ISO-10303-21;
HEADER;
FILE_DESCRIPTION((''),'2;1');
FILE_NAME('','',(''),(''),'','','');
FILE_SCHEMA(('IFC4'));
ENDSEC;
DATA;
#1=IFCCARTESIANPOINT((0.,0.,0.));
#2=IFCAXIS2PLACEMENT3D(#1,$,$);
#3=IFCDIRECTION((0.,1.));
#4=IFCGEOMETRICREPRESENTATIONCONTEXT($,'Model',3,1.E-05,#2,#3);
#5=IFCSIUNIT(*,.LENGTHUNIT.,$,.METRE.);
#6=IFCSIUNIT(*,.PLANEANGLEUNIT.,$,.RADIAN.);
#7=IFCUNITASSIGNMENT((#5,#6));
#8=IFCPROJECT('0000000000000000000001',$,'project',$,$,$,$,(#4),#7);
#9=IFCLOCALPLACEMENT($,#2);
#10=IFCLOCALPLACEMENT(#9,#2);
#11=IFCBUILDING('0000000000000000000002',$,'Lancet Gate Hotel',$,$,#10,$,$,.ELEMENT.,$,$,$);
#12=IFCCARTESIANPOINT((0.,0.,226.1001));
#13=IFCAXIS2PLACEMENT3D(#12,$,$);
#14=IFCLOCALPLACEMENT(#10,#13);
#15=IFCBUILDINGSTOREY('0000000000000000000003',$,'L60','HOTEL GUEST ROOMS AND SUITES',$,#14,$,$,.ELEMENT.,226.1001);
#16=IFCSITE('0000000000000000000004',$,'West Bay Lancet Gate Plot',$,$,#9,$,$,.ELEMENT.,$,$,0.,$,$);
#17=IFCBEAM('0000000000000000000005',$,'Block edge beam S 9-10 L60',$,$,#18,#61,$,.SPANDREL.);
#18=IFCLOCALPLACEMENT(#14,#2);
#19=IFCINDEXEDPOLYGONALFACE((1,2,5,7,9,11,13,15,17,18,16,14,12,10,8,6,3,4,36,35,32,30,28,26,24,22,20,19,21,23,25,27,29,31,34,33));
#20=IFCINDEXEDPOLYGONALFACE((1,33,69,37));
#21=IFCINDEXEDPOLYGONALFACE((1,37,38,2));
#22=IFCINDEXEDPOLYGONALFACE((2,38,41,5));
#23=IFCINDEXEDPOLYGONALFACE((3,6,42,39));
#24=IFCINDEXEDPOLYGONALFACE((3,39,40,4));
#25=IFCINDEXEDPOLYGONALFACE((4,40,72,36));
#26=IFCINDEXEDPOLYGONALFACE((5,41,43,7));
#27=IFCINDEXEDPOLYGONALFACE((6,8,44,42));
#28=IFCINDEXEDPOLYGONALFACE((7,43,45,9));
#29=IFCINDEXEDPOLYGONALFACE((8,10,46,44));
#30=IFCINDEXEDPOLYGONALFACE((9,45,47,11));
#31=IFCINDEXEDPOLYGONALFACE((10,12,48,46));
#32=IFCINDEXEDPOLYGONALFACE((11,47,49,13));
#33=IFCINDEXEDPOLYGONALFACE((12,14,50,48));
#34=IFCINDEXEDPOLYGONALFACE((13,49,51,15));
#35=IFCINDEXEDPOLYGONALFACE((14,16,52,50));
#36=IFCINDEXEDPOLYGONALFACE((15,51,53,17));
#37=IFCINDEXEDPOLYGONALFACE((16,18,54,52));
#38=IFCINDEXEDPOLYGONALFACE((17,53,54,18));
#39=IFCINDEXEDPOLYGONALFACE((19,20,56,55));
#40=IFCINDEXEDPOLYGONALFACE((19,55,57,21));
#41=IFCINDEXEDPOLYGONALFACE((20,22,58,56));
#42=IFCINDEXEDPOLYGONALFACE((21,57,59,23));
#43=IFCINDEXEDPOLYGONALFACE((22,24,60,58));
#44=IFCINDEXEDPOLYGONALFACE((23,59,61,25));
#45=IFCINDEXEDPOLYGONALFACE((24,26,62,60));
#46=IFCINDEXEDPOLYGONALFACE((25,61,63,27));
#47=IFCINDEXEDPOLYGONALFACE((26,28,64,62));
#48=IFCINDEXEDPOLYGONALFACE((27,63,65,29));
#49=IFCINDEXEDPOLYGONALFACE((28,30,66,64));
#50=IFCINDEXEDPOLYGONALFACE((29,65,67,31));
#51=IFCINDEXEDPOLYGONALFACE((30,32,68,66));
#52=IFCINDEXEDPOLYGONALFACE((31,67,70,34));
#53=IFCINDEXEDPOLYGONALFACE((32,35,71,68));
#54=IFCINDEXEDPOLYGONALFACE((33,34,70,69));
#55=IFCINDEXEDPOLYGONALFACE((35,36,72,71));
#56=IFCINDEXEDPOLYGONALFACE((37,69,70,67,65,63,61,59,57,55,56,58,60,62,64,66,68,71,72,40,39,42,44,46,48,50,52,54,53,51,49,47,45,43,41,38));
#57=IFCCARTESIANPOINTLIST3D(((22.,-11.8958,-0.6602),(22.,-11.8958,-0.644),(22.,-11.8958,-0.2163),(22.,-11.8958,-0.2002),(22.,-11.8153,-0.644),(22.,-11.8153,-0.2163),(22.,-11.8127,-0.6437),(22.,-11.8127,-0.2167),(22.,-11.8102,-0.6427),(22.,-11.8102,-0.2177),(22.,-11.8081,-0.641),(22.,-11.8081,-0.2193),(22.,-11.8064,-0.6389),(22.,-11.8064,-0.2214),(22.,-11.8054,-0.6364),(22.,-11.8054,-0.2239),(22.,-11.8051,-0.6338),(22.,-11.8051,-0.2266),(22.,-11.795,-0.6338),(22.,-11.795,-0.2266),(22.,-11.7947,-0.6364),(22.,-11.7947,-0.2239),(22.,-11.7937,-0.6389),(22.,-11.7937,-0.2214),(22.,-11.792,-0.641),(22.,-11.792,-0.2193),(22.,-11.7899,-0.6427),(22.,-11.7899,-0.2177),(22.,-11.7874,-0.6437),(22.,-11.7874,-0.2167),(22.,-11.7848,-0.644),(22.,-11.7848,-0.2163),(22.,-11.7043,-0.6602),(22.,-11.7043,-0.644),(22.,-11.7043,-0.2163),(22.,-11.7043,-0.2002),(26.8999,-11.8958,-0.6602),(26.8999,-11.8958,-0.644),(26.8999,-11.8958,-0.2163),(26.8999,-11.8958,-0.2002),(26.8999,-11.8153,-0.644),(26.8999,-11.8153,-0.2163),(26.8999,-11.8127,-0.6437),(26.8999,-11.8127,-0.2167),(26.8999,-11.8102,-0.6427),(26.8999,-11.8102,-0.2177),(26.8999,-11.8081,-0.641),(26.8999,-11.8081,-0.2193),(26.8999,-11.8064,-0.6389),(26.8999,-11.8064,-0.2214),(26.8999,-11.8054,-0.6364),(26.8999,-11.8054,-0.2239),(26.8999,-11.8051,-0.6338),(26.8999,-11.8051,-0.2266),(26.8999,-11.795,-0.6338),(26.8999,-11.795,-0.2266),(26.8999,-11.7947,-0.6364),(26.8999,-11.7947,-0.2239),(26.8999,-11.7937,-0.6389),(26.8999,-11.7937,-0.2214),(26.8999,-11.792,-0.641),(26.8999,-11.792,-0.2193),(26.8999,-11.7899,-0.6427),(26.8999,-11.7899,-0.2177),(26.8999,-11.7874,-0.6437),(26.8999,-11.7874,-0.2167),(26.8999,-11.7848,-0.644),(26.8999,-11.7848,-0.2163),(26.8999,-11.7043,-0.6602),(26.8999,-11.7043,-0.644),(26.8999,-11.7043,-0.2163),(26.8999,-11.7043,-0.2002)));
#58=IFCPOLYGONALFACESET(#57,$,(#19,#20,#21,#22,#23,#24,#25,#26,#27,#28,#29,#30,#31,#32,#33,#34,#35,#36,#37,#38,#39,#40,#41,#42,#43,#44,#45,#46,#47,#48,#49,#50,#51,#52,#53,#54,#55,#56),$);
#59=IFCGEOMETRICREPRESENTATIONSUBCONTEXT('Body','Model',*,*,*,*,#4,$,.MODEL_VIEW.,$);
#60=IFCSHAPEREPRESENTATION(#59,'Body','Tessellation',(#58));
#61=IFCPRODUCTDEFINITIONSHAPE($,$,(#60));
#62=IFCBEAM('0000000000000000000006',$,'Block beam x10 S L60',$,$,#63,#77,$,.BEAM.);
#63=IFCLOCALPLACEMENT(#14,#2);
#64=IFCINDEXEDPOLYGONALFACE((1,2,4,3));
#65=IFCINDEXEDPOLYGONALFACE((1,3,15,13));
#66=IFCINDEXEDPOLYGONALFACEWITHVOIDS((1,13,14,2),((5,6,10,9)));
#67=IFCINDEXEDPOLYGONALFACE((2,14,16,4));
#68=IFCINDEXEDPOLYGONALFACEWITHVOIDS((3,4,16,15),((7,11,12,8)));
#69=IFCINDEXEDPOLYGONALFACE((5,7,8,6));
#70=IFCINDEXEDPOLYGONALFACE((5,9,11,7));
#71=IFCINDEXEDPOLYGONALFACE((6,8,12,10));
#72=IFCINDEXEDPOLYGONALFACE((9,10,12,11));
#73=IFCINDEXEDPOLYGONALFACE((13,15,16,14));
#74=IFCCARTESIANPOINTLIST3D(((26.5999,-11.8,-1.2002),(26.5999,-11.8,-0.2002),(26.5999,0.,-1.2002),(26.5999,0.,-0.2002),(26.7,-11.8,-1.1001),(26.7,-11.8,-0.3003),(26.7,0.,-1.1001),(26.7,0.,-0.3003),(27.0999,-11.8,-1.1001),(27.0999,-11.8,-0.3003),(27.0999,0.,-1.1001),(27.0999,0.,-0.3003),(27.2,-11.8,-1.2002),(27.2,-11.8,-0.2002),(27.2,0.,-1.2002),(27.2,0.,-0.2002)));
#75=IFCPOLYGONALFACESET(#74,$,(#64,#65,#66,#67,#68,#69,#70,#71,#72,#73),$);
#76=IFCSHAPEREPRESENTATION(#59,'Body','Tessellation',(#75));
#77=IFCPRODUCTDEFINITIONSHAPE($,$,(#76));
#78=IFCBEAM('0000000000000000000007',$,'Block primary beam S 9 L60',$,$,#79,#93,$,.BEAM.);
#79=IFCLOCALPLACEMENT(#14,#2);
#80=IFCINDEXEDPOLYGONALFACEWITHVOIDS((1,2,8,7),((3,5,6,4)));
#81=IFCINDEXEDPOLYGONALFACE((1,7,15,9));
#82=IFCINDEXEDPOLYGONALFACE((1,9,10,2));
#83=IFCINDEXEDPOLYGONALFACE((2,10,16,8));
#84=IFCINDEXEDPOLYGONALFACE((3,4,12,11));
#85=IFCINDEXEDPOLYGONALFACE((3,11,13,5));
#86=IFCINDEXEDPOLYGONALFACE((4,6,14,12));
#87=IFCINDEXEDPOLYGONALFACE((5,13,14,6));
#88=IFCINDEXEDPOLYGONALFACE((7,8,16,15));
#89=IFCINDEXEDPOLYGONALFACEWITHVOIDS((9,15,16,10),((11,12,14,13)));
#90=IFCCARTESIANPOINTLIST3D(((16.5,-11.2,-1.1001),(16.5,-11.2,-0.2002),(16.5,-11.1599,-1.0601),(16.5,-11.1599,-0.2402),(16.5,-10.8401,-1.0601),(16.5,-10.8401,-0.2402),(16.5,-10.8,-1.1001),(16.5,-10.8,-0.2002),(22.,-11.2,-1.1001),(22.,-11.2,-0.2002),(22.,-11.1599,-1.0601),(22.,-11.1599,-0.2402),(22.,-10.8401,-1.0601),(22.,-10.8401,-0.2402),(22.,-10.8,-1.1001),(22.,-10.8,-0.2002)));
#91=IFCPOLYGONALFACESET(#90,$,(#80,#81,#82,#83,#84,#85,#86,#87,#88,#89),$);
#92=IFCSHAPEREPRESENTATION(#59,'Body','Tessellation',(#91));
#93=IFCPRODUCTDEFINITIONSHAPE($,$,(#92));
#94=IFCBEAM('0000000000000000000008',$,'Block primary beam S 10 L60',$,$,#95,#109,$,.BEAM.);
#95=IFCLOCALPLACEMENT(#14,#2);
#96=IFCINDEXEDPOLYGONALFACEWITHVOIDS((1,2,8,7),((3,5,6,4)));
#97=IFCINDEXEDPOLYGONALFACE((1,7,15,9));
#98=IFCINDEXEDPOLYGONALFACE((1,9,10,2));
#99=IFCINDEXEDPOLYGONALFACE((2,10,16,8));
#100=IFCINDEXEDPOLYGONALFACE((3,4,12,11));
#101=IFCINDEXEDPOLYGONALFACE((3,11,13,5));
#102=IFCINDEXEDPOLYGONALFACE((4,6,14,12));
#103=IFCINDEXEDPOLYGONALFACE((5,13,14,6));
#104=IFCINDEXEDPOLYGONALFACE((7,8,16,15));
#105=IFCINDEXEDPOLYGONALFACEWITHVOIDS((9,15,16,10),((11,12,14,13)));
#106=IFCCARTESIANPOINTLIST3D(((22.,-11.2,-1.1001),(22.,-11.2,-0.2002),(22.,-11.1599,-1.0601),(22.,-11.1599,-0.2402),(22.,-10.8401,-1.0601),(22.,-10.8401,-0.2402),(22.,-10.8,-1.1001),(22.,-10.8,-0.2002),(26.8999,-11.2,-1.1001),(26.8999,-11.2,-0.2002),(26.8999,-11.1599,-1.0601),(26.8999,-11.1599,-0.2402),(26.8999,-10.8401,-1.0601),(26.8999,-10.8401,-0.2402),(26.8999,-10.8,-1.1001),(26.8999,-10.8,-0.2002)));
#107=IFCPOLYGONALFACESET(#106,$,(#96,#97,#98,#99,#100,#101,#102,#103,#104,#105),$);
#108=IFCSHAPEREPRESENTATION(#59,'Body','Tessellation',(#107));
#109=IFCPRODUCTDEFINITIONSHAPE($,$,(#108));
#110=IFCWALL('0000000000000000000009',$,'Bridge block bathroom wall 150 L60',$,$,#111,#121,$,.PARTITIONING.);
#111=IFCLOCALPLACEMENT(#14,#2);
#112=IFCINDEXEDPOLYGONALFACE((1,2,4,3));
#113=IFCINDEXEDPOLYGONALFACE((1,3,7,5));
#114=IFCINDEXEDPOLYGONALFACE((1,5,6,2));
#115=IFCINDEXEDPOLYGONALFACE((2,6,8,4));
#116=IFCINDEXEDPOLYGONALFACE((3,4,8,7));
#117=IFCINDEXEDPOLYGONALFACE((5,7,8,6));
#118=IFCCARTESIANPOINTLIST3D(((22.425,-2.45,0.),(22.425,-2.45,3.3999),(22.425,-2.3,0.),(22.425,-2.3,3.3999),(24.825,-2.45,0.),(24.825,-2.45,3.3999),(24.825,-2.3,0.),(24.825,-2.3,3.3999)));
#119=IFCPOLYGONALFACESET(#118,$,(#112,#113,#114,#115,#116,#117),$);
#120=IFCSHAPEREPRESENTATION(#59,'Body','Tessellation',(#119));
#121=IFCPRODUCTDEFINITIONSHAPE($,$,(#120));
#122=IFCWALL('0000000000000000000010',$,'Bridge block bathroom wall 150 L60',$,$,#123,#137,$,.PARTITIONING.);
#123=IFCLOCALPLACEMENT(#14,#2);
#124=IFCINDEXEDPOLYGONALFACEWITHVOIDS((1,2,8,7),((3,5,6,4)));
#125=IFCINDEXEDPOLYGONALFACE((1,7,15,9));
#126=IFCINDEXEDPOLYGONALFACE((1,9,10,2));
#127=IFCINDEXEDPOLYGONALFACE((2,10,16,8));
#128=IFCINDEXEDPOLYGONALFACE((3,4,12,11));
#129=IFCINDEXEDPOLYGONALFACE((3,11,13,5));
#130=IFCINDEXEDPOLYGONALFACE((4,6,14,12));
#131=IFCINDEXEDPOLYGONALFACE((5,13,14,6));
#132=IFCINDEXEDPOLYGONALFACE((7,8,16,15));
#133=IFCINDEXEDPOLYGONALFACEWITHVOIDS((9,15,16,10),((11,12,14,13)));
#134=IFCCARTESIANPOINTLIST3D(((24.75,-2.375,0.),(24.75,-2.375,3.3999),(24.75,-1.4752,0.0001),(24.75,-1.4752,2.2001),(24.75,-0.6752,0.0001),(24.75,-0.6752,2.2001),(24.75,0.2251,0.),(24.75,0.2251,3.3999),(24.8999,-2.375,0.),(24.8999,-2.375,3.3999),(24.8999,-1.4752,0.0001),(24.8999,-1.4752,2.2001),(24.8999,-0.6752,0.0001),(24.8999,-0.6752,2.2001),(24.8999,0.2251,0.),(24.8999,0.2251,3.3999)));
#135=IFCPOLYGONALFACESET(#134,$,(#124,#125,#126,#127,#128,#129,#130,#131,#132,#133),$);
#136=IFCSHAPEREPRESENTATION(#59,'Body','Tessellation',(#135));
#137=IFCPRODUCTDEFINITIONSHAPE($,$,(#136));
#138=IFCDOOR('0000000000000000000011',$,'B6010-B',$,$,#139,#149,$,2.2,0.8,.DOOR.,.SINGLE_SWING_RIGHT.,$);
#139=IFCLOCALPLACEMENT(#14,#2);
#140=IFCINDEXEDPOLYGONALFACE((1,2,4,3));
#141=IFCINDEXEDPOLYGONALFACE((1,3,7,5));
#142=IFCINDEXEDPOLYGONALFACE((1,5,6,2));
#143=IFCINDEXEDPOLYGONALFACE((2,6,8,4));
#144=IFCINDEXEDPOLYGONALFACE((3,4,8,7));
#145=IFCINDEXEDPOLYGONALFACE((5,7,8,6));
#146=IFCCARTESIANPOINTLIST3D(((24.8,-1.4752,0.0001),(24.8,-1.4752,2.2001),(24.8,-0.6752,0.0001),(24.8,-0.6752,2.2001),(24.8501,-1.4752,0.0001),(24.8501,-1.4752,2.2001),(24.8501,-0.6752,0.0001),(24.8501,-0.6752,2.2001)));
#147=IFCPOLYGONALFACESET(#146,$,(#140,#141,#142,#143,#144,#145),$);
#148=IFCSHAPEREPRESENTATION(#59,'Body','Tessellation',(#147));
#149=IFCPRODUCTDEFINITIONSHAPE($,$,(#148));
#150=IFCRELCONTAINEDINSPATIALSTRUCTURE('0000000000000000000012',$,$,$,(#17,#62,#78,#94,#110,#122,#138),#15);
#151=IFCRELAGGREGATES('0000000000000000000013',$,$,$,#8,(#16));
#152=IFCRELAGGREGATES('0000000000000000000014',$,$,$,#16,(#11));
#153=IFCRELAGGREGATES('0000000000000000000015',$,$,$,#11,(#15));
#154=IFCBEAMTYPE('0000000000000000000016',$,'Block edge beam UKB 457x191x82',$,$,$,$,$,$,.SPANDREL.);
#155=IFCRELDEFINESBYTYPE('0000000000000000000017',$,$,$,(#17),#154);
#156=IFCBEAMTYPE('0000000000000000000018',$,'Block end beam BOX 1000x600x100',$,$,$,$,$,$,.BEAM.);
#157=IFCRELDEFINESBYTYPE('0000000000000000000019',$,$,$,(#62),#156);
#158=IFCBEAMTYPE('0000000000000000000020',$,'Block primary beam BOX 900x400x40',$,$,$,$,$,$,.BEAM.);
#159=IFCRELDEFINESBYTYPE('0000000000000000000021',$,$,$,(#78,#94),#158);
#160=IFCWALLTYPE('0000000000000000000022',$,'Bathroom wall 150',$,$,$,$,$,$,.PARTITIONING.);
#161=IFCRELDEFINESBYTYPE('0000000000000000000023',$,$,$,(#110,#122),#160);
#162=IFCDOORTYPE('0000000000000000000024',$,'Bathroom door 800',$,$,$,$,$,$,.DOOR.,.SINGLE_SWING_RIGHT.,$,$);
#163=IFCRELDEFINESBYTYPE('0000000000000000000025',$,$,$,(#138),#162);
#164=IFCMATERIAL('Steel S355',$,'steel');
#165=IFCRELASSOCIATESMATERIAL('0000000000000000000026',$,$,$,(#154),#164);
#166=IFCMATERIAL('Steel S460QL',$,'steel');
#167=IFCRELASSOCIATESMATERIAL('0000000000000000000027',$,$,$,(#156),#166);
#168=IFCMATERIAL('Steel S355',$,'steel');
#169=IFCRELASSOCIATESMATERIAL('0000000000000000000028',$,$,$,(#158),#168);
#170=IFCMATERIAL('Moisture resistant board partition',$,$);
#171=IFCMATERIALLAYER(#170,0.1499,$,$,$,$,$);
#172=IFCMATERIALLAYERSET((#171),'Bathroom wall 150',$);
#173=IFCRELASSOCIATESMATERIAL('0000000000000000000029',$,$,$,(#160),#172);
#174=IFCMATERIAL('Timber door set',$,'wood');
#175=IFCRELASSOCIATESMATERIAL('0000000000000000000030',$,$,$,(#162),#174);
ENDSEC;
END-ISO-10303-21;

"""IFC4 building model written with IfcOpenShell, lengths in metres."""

from ifc_helpers import new_model, si_unit, direction, frame, frame_2d, origin, origin_2d, place, context, subcontext, project, spatial, rectangle, hollow_rectangle, i_section, extrude, material, layer, layer_set, material_profile, profile_set, type_object, element, fill, save


model = new_model("IFC4")

# Units and contexts
model_context = context("Model", 3, precision=1e-05, world=origin(), true_north=direction((0.0, 1.0)))
body_context = subcontext(model_context, "Body", "Model", "MODEL_VIEW")
ifc_project = project(units=[si_unit("LENGTHUNIT", "METRE"), si_unit("PLANEANGLEUNIT", "RADIAN")], contexts=[model_context])

# Site, building, storey
site_placement = place(None, origin())
site = spatial("IfcSite", under=ifc_project, at=site_placement, Name="West Bay Lancet Gate Plot", CompositionType="ELEMENT", RefElevation=0.0)
building_placement = place(site_placement, origin())
building = spatial("IfcBuilding", under=site, at=building_placement, Name="Lancet Gate Hotel", CompositionType="ELEMENT")
storey_placement = place(building_placement, frame((0.0, 0.0, 226.1001)))
storey = spatial("IfcBuildingStorey", under=building, at=storey_placement, Name="L60", Description="HOTEL GUEST ROOMS AND SUITES", CompositionType="ELEMENT", Elevation=226.1001)

# Beams
ifc_material_1 = material(Name="Steel S355", Category="steel")
ifc_material_profile_1 = material_profile(ifc_material_1, i_section(OverallWidth=0.1914, OverallDepth=0.46, WebThickness=0.01, FlangeThickness=0.0161, FilletRadius=0.0103, at=origin_2d()), Name="UKB 457x191x82")
ifc_profile_set_1 = profile_set([ifc_material_profile_1], Name="Steel S355")
beam_type_1 = type_object("IfcBeamType", Name="Block edge beam UKB 457x191x82", PredefinedType="SPANDREL", material=ifc_profile_set_1)
beam_1_placement = place(storey_placement, frame((22.0, -11.8, -0.4302), z_axis=(1.0, 0.0, 0.0), x_axis=(0.0, 1.0, 0.0)))
element("IfcBeam", 1, at=beam_1_placement, inside=storey, type_object=beam_type_1, Name="Block edge beam S 9-10 L60", PredefinedType="SPANDREL", context=body_context, shape_type="SweptSolid", body=[
    extrude(i_section(OverallWidth=0.1914, OverallDepth=0.46, WebThickness=0.01, FlangeThickness=0.0161, FilletRadius=0.0103, at=origin_2d()), origin(), (0.0, 0.0, 1.0), 4.8999),
])
ifc_material_2 = material(Name="Steel S460QL", Category="steel")
ifc_material_profile_2 = material_profile(ifc_material_2, hollow_rectangle(XDim=0.6001, YDim=1.0, WallThickness=0.1001, at=origin_2d()), Name="BOX 1000x600x100")
ifc_profile_set_2 = profile_set([ifc_material_profile_2], Name="Steel S460QL")
beam_type_2 = type_object("IfcBeamType", Name="Block end beam BOX 1000x600x100", PredefinedType="BEAM", material=ifc_profile_set_2)
beam_2_placement = place(storey_placement, frame((26.8999, -11.8, -0.7002), z_axis=(0.0, 1.0, 0.0), x_axis=(-1.0, 0.0, 0.0)))
element("IfcBeam", 2, at=beam_2_placement, inside=storey, type_object=beam_type_2, Name="Block beam x10 S L60", PredefinedType="BEAM", context=body_context, shape_type="SweptSolid", body=[
    extrude(hollow_rectangle(XDim=0.6001, YDim=1.0, WallThickness=0.1001, at=origin_2d()), origin(), (0.0, 0.0, 1.0), 11.8),
])
ifc_material_3 = material(Name="Steel S355", Category="steel")
ifc_material_profile_3 = material_profile(ifc_material_3, hollow_rectangle(XDim=0.3999, YDim=0.8999, WallThickness=0.04, at=origin_2d()), Name="BOX 900x400x40")
ifc_profile_set_3 = profile_set([ifc_material_profile_3], Name="Steel S355")
beam_type_3 = type_object("IfcBeamType", Name="Block primary beam BOX 900x400x40", PredefinedType="BEAM", material=ifc_profile_set_3)
beam_3_placement = place(storey_placement, frame((16.5, -11.0, -0.6501), z_axis=(1.0, 0.0, 0.0), x_axis=(0.0, 1.0, 0.0)))
element("IfcBeam", 3, at=beam_3_placement, inside=storey, type_object=beam_type_3, Name="Block primary beam S 9 L60", PredefinedType="BEAM", context=body_context, shape_type="SweptSolid", body=[
    extrude(hollow_rectangle(XDim=0.3999, YDim=0.8999, WallThickness=0.04, at=origin_2d()), origin(), (0.0, 0.0, 1.0), 5.5),
])
beam_4_placement = place(storey_placement, frame((22.0, -11.0, -0.6501), z_axis=(1.0, 0.0, 0.0), x_axis=(0.0, 1.0, 0.0)))
element("IfcBeam", 4, at=beam_4_placement, inside=storey, type_object=beam_type_3, Name="Block primary beam S 10 L60", PredefinedType="BEAM", context=body_context, shape_type="SweptSolid", body=[
    extrude(hollow_rectangle(XDim=0.3999, YDim=0.8999, WallThickness=0.04, at=origin_2d()), origin(), (0.0, 0.0, 1.0), 4.8999),
])

# Wall
ifc_material_4 = material(Name="Moisture resistant board partition")
ifc_layer_1 = layer(ifc_material_4, 0.1499)
ifc_layer_set_1 = layer_set([ifc_layer_1], Name="Bathroom wall 150")
wall_type_1 = type_object("IfcWallType", Name="Bathroom wall 150", PredefinedType="PARTITIONING", material=ifc_layer_set_1)
wall_1_placement = place(storey_placement, frame((22.425, -2.375, 0.0), z_axis=(0.0, 0.0, 1.0), x_axis=(1.0, 0.0, 0.0)))
element("IfcWall", 5, at=wall_1_placement, inside=storey, type_object=wall_type_1, Name="Bridge block bathroom wall 150 L60", PredefinedType="PARTITIONING", context=body_context, shape_type="SweptSolid", body=[
    extrude(rectangle(XDim=2.3999, YDim=0.1499, at=frame_2d((1.2, 0.0))), origin(), (0.0, 0.0, 1.0), 3.3999),
])

# Wall, opening, door
wall_2_placement = place(storey_placement, frame((24.825, -2.375, 0.0), z_axis=(0.0, 0.0, 1.0), x_axis=(0.0, 1.0, 0.0)))
wall_2 = element("IfcWall", 6, at=wall_2_placement, inside=storey, type_object=wall_type_1, Name="Bridge block bathroom wall 150 L60", PredefinedType="PARTITIONING", context=body_context, shape_type="SweptSolid", body=[
    extrude(rectangle(XDim=2.6001, YDim=0.1499, at=frame_2d((1.3, 0.0))), origin(), (0.0, 0.0, 1.0), 3.3999),
])
opening_1_placement = place(wall_2_placement, frame((0.8999, 0.0, 0.0)))
opening_1 = element("IfcOpeningElement", 7, at=opening_1_placement, cuts=wall_2, PredefinedType="OPENING", context=body_context, shape_type="SweptSolid", body=[
    extrude(rectangle(XDim=0.8, YDim=2.2, at=frame_2d((0.3999, 1.1001))), frame((0.0, 0.085, 0.0), z_axis=(0.0, -1.0, 0.0), x_axis=(1.0, 0.0, 0.0)), (0.0, 0.0, 1.0), 0.1699),
])
ifc_material_5 = material(Name="Timber door set", Category="wood")
door_type_1 = type_object("IfcDoorType", Name="Bathroom door 800", OperationType="SINGLE_SWING_RIGHT", PredefinedType="DOOR", material=ifc_material_5)
door_1_placement = place(opening_1_placement, origin())
door_1 = element("IfcDoor", 8, at=door_1_placement, inside=storey, type_object=door_type_1, Name="B6010-B", OperationType="SINGLE_SWING_RIGHT", OverallHeight=2.2, OverallWidth=0.8, PredefinedType="DOOR", context=body_context, shape_type="SweptSolid", body=[
    extrude(rectangle(XDim=0.8, YDim=2.2, at=frame_2d((0.3999, 1.1001))), frame((0.0, 0.0249, 0.0), z_axis=(0.0, -1.0, 0.0), x_axis=(1.0, 0.0, 0.0)), (0.0, 0.0, 1.0), 0.05),
])
fill(opening_1, door_1)

save(model, "model.ifc")
